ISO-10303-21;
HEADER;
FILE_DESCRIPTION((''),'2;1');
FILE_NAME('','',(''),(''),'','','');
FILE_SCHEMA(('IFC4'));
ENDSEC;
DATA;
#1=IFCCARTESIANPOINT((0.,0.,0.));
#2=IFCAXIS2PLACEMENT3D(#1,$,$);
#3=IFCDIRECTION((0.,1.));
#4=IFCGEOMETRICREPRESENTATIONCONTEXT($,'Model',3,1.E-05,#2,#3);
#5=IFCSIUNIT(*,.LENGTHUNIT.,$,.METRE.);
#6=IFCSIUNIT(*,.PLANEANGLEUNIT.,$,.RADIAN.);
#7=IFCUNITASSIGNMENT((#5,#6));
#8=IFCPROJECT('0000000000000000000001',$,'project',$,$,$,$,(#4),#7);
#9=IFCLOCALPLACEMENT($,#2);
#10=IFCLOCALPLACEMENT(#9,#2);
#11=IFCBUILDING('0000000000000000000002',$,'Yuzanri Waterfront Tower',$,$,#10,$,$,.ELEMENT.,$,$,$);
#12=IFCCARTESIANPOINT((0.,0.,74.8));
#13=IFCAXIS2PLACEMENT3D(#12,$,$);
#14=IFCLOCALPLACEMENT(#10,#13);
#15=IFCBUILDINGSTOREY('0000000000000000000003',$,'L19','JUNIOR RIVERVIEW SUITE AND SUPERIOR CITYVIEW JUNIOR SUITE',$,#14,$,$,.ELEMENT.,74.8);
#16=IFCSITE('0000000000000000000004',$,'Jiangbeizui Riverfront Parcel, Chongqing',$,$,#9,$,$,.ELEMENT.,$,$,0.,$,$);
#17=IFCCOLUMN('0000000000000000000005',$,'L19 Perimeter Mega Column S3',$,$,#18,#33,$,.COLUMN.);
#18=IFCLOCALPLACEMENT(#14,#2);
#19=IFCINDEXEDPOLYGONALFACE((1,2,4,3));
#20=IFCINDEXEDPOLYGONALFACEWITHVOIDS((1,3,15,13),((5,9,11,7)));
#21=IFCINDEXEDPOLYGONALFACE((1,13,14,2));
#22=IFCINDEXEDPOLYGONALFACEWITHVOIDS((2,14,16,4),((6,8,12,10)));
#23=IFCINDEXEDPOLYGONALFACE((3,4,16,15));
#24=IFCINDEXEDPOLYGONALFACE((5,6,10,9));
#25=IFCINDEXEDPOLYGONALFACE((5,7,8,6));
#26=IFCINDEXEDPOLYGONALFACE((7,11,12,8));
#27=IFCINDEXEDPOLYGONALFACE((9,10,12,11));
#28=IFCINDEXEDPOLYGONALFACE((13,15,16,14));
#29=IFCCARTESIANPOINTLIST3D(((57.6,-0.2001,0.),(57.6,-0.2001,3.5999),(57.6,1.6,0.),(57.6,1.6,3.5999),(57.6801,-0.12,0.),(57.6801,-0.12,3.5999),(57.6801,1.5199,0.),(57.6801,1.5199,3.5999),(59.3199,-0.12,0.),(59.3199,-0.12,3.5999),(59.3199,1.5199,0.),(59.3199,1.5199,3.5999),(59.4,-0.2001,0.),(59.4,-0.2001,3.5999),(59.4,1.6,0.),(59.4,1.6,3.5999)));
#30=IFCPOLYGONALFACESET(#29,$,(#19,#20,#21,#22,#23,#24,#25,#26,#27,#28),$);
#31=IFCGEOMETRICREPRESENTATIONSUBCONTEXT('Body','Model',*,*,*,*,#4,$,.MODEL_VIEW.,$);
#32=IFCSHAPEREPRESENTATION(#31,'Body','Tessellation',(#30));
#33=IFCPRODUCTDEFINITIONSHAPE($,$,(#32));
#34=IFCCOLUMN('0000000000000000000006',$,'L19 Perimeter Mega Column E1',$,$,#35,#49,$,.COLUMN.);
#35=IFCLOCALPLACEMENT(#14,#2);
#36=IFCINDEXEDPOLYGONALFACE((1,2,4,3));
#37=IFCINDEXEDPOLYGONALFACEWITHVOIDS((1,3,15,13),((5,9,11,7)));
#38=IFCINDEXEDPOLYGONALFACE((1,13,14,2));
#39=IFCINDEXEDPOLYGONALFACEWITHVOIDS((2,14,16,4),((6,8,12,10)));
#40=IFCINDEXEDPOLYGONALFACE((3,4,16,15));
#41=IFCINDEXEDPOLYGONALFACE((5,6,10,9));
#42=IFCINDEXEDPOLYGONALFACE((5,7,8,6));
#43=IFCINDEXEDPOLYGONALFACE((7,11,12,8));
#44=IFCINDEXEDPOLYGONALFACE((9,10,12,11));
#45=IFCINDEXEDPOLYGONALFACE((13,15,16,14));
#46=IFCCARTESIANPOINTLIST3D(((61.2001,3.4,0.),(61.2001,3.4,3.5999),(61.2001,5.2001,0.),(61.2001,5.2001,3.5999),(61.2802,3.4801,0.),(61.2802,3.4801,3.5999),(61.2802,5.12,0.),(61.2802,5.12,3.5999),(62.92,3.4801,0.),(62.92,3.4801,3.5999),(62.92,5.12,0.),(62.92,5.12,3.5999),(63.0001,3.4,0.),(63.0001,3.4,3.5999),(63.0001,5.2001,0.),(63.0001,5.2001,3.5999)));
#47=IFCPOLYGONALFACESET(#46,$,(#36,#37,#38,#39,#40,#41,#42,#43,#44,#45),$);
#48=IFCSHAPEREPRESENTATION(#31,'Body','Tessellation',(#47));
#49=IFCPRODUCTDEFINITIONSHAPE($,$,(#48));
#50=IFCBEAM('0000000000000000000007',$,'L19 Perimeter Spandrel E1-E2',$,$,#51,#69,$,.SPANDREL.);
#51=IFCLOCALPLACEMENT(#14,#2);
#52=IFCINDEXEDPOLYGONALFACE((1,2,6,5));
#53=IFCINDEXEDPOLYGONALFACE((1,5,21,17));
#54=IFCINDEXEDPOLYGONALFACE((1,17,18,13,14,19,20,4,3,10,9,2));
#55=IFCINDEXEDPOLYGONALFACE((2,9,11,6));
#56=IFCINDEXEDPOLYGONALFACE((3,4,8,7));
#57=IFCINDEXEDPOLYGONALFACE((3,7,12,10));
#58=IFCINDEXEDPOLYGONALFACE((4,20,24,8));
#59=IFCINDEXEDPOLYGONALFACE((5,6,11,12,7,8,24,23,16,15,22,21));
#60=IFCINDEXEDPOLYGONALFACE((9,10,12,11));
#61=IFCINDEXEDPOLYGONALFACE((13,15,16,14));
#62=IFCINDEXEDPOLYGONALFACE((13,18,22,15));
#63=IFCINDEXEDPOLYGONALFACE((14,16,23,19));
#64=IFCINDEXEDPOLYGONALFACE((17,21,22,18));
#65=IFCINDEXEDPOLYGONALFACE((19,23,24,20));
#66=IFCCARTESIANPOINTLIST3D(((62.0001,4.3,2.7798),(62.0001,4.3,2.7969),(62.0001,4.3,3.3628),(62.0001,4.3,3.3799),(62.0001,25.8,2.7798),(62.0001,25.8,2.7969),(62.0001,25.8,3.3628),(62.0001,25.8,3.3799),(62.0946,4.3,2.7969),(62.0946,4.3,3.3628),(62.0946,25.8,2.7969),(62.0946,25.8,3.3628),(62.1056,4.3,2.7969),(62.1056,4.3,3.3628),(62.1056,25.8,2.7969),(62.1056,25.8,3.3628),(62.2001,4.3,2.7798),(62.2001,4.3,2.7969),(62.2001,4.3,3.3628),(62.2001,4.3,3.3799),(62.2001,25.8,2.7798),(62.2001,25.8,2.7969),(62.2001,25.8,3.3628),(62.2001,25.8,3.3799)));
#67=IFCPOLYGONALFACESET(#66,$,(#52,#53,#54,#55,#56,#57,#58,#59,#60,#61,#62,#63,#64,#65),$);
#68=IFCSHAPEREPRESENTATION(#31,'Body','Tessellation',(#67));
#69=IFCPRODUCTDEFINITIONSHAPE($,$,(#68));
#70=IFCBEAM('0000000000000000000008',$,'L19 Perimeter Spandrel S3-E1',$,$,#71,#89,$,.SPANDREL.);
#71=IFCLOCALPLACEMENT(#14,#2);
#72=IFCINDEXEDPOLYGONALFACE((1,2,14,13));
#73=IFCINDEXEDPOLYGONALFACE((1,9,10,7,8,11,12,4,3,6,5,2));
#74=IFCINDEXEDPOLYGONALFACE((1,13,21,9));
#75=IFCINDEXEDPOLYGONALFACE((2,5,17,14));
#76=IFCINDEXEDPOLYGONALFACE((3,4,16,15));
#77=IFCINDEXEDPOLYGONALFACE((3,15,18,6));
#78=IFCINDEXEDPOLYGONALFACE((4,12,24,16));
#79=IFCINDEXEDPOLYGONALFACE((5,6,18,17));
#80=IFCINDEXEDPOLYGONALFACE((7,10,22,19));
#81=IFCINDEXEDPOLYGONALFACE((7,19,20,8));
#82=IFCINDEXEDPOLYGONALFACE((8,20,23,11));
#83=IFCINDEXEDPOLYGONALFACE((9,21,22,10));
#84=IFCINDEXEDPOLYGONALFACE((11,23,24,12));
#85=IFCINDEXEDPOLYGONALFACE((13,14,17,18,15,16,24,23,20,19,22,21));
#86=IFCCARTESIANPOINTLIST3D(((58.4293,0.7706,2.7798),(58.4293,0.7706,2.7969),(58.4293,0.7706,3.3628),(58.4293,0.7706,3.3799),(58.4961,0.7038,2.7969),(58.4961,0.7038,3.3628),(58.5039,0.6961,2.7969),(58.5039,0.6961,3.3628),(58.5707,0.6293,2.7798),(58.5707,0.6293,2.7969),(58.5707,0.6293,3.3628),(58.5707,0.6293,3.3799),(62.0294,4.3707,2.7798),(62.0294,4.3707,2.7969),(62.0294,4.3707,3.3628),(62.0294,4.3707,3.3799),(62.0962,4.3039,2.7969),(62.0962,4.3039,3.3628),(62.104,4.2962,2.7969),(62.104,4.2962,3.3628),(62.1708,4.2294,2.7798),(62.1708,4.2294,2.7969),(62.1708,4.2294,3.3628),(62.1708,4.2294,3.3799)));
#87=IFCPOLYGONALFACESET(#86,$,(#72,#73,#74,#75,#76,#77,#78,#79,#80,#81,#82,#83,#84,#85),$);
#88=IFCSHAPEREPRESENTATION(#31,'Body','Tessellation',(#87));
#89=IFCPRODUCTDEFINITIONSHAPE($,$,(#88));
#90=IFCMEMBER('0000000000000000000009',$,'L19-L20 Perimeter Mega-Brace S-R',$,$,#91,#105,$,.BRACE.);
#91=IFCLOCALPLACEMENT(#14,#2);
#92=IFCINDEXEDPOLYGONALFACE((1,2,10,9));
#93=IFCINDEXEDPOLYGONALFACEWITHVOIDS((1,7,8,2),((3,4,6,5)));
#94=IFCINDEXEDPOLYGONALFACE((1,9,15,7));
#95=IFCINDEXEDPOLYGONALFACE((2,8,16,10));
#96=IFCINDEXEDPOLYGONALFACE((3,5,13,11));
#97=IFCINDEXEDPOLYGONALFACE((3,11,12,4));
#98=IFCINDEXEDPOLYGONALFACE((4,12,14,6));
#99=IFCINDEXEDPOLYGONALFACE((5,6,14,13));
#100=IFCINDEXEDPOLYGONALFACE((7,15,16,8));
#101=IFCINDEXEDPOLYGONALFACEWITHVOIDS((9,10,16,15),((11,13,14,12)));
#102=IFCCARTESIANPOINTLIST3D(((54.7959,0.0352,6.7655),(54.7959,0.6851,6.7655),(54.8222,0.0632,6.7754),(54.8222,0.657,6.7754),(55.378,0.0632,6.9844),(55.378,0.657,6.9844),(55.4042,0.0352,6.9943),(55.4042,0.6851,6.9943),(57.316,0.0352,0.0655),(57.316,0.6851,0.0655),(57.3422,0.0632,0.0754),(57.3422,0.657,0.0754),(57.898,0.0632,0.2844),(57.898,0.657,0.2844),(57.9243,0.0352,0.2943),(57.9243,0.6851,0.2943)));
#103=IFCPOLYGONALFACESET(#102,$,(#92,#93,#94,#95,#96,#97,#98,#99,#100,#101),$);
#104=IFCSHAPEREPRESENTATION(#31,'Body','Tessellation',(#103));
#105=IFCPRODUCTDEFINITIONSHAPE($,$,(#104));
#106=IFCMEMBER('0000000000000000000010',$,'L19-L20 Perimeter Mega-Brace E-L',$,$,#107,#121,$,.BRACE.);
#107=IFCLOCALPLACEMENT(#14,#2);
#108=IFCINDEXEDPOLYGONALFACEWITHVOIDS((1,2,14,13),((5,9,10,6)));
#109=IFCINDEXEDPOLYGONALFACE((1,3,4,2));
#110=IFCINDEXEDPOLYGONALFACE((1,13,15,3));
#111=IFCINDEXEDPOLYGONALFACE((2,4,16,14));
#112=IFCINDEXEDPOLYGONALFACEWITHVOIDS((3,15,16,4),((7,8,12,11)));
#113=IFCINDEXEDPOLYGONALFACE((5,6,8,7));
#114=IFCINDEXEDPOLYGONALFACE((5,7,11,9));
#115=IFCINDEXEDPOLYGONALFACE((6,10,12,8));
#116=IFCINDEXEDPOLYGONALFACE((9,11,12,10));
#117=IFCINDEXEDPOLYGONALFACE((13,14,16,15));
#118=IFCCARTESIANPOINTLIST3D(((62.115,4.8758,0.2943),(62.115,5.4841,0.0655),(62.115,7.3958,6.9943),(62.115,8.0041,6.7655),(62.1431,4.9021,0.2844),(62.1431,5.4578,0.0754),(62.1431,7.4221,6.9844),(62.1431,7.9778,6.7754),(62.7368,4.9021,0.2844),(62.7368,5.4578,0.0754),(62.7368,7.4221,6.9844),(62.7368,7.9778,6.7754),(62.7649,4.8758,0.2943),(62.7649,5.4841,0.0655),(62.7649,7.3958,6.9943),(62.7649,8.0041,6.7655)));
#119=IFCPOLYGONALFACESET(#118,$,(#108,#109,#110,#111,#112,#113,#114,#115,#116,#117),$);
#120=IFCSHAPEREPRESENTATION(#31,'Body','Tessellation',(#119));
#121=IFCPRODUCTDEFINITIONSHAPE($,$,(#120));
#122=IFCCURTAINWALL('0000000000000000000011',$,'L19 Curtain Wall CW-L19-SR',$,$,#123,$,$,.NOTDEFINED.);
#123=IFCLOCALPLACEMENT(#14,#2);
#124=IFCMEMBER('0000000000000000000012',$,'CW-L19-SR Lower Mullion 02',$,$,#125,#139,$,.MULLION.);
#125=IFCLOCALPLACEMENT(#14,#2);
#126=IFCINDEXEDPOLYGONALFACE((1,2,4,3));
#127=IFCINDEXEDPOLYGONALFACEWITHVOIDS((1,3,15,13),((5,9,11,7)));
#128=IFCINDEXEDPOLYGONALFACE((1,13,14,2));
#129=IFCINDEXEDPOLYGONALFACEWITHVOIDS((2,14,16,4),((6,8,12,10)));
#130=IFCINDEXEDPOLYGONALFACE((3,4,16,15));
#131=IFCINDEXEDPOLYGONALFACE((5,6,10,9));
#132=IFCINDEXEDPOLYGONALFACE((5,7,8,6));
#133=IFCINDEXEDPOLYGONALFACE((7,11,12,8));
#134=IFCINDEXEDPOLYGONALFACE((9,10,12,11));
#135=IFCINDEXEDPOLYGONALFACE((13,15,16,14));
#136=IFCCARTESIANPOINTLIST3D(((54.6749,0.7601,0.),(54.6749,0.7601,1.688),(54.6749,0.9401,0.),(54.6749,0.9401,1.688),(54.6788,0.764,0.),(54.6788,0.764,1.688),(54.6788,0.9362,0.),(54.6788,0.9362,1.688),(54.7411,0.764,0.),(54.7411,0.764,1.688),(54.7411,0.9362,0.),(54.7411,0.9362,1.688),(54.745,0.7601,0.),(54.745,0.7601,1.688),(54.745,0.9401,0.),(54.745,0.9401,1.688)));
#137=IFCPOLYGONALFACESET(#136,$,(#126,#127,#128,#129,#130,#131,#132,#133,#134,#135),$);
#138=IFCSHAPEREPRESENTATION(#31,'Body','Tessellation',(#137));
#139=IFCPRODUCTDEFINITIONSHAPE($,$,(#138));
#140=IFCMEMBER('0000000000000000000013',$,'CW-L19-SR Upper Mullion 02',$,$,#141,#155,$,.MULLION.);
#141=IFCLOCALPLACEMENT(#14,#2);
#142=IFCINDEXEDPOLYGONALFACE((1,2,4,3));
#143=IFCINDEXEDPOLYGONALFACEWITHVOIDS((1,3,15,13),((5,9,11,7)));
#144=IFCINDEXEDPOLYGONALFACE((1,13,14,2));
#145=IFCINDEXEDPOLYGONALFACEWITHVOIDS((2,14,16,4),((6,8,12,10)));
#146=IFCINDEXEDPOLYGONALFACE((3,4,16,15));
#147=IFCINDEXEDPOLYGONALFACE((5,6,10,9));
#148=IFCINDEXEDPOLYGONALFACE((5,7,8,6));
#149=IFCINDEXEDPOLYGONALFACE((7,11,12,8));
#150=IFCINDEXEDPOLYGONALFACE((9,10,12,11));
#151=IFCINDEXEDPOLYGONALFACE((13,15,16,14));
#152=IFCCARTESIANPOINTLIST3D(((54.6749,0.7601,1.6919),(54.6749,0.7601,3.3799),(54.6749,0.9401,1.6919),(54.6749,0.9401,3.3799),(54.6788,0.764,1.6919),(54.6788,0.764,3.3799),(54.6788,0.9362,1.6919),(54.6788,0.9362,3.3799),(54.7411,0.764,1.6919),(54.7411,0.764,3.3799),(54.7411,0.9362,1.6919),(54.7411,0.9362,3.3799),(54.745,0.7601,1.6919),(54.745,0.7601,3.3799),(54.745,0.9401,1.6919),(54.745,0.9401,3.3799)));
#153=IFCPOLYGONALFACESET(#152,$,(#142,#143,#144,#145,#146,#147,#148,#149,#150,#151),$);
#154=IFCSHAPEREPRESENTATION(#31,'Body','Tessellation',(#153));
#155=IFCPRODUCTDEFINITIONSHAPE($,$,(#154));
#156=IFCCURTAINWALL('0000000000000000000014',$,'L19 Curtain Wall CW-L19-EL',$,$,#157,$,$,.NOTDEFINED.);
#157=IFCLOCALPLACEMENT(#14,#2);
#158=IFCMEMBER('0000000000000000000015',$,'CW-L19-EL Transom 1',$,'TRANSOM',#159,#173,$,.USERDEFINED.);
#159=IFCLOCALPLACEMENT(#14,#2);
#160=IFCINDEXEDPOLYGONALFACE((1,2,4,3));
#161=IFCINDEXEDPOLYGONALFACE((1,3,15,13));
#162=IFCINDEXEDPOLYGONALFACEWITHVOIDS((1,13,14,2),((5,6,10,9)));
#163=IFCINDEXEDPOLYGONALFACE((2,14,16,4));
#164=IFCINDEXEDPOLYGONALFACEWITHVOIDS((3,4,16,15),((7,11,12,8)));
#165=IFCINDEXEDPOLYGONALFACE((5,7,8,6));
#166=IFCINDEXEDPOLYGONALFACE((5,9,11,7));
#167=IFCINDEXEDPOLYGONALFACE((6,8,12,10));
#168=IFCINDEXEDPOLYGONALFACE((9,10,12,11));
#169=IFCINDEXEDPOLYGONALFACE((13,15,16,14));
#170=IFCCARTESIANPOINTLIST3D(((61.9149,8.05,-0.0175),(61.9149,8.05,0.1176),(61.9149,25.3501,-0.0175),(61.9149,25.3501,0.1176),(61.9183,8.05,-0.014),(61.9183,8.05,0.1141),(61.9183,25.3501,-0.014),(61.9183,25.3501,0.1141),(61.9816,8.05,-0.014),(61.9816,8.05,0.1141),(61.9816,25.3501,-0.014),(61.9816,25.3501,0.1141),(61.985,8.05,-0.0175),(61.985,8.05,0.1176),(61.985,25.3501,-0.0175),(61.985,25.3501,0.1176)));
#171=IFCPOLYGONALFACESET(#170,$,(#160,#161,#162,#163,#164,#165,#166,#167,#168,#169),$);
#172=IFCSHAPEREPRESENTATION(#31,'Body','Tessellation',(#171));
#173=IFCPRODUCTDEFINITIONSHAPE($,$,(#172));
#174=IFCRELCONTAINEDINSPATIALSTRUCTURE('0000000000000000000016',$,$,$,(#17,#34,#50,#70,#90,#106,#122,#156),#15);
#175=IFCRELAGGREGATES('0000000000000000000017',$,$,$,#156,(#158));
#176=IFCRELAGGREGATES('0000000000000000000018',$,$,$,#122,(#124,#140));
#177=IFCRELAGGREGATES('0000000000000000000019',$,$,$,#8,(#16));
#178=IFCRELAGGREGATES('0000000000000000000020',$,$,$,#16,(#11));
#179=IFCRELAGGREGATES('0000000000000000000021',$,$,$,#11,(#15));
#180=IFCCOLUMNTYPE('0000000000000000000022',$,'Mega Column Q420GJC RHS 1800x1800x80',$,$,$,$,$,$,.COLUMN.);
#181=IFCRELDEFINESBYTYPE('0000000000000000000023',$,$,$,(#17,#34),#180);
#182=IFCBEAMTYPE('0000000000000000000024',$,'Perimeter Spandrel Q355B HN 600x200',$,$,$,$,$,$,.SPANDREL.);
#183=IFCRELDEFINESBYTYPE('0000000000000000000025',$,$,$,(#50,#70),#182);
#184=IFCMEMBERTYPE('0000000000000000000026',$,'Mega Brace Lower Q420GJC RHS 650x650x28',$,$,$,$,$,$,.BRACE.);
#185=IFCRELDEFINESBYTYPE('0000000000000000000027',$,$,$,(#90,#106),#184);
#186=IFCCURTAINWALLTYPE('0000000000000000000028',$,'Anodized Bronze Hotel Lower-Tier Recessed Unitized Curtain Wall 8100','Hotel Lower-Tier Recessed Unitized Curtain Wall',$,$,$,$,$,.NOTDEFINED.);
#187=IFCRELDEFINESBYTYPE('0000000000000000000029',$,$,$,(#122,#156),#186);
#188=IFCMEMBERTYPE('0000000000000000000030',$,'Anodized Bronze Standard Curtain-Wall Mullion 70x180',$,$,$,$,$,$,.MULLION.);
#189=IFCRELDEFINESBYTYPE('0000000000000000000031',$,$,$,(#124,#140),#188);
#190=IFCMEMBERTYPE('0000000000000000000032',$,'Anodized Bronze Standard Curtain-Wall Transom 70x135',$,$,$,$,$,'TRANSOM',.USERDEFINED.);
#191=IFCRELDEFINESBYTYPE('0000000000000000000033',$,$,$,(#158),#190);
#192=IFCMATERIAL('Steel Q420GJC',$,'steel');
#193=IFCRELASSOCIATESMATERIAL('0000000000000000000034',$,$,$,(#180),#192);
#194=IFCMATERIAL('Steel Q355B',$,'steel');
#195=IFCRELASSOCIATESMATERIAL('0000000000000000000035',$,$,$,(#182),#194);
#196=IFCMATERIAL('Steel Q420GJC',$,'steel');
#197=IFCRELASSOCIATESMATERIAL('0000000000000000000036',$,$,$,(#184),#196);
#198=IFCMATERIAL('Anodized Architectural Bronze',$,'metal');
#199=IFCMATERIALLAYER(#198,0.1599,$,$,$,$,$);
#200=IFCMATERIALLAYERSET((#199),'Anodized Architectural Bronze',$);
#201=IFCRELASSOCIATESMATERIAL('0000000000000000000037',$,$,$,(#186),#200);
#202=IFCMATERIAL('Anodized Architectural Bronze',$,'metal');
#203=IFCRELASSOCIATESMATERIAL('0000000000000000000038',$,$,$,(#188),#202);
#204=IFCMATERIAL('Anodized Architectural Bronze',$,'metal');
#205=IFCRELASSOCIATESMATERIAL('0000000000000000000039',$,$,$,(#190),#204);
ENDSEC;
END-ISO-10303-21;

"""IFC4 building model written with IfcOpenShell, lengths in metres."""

from ifc_helpers import new_model, si_unit, direction, frame, origin, origin_2d, place, context, subcontext, project, spatial, hollow_rectangle, i_section, extrude, source, transform, mapped, material, layer, layer_set, material_profile, profile_set, type_object, element, aggregate, save


model = new_model("IFC4")

# Units and contexts
model_context = context("Model", 3, precision=1e-05, world=origin(), true_north=direction((0.0, 1.0)))
body_context = subcontext(model_context, "Body", "Model", "MODEL_VIEW")
ifc_project = project(units=[si_unit("LENGTHUNIT", "METRE"), si_unit("PLANEANGLEUNIT", "RADIAN")], contexts=[model_context])

# Site, building, storey
site_placement = place(None, origin())
site = spatial("IfcSite", under=ifc_project, at=site_placement, Name="Jiangbeizui Riverfront Parcel, Chongqing", CompositionType="ELEMENT", RefElevation=0.0)
building_placement = place(site_placement, origin())
building = spatial("IfcBuilding", under=site, at=building_placement, Name="Yuzanri Waterfront Tower", CompositionType="ELEMENT")
storey_placement = place(building_placement, frame((0.0, 0.0, 74.8)))
storey = spatial("IfcBuildingStorey", under=building, at=storey_placement, Name="L19", Description="JUNIOR RIVERVIEW SUITE AND SUPERIOR CITYVIEW JUNIOR SUITE", CompositionType="ELEMENT", Elevation=74.8)

# Columns
ifc_material_1 = material(Name="Steel Q420GJC", Category="steel")
ifc_material_profile_1 = material_profile(ifc_material_1, hollow_rectangle(XDim=1.8, YDim=1.8, WallThickness=0.0801, at=origin_2d()), Name="RHS 1800x1800x80")
ifc_profile_set_1 = profile_set([ifc_material_profile_1], Name="Steel Q420GJC")
column_type = type_object("IfcColumnType", Name="Mega Column Q420GJC RHS 1800x1800x80", PredefinedType="COLUMN", material=ifc_profile_set_1)
shared_shape_1 = source(origin(), body_context, "Body", "SweptSolid", [
    extrude(hollow_rectangle(XDim=1.8, YDim=1.8, WallThickness=0.0801, at=origin_2d()), origin(), (0.0, 0.0, 1.0), 3.5999),
])
for number, where, z_axis, x_axis, name in (
    (1, (58.5, 0.7, 0.0), (0.0, 0.0, 1.0), (1.0, 0.0, 0.0), "L19 Perimeter Mega Column S3"),
    (2, (62.1001, 4.3, 0.0), (0.0, 0.0, 1.0), (1.0, 0.0, 0.0), "L19 Perimeter Mega Column E1"),
):
    element("IfcColumn", number, at=place(storey_placement, frame(where, z_axis=z_axis, x_axis=x_axis)), inside=storey, type_object=column_type, Name=name, PredefinedType="COLUMN", context=body_context, shape_type="MappedRepresentation", body=[
        mapped(shared_shape_1, transform((0.0, 0.0, 0.0), scale=1.0)),
    ])

# Beams
ifc_material_2 = material(Name="Steel Q355B", Category="steel")
ifc_material_profile_2 = material_profile(ifc_material_2, i_section(OverallWidth=0.2, OverallDepth=0.6001, WebThickness=0.011, FlangeThickness=0.0171, at=origin_2d()), Name="HN 600x200x11x17")
ifc_profile_set_2 = profile_set([ifc_material_profile_2], Name="Steel Q355B")
beam_type = type_object("IfcBeamType", Name="Perimeter Spandrel Q355B HN 600x200", PredefinedType="SPANDREL", material=ifc_profile_set_2)
shared_shape_2 = source(origin(), body_context, "Body", "SweptSolid", [
    extrude(i_section(OverallWidth=0.2, OverallDepth=0.6001, WebThickness=0.011, FlangeThickness=0.0171, at=origin_2d()), origin(), (0.0, 0.0, 1.0), 21.5),
])
beam_1_placement = place(storey_placement, frame((62.1001, 4.3, 3.0798), z_axis=(0.0, 1.0, 0.0), x_axis=(-1.0, 0.0, 0.0)))
element("IfcBeam", 3, at=beam_1_placement, inside=storey, type_object=beam_type, Name="L19 Perimeter Spandrel E1-E2", PredefinedType="SPANDREL", context=body_context, shape_type="MappedRepresentation", body=[
    mapped(shared_shape_2, transform((0.0, 0.0, 0.0), scale=1.0)),
])
shared_shape_3 = source(origin(), body_context, "Body", "SweptSolid", [
    extrude(i_section(OverallWidth=0.2, OverallDepth=0.6001, WebThickness=0.011, FlangeThickness=0.0171, at=origin_2d()), origin(), (0.0, 0.0, 1.0), 5.0913),
])
beam_2_placement = place(storey_placement, frame((58.5, 0.7, 3.0798), z_axis=(0.707107, 0.707107, 0.0), x_axis=(-0.707107, 0.707107, 0.0)))
element("IfcBeam", 4, at=beam_2_placement, inside=storey, type_object=beam_type, Name="L19 Perimeter Spandrel S3-E1", PredefinedType="SPANDREL", context=body_context, shape_type="MappedRepresentation", body=[
    mapped(shared_shape_3, transform((0.0, 0.0, 0.0), scale=1.0)),
])

# Members
ifc_material_3 = material(Name="Steel Q420GJC", Category="steel")
ifc_material_profile_3 = material_profile(ifc_material_3, hollow_rectangle(XDim=0.6499, YDim=0.6499, WallThickness=0.0281, at=origin_2d()), Name="RHS 650x650x28")
ifc_profile_set_3 = profile_set([ifc_material_profile_3], Name="Steel Q420GJC")
member_type_1 = type_object("IfcMemberType", Name="Mega Brace Lower Q420GJC RHS 650x650x28", PredefinedType="BRACE", material=ifc_profile_set_3)
shared_shape_4 = source(origin(), body_context, "Body", "SweptSolid", [
    extrude(hollow_rectangle(XDim=0.6499, YDim=0.6499, WallThickness=0.0281, at=origin_2d()), origin(), (0.0, 0.0, 1.0), 7.1582),
])
for number, where, z_axis, x_axis, name in (
    (5, (57.6201, 0.3601, 0.1799), (-0.352046, 0.0, 0.935983), (0.0, -1.0, 0.0), "L19-L20 Perimeter Mega-Brace S-R"),
    (6, (62.4399, 5.1799, 0.1799), (0.0, 0.352046, 0.935983), (-1.0, 0.0, 0.0), "L19-L20 Perimeter Mega-Brace E-L"),
):
    element("IfcMember", number, at=place(storey_placement, frame(where, z_axis=z_axis, x_axis=x_axis)), inside=storey, type_object=member_type_1, Name=name, PredefinedType="BRACE", context=body_context, shape_type="MappedRepresentation", body=[
        mapped(shared_shape_4, transform((0.0, 0.0, 0.0), scale=1.0)),
    ])

# Curtain walls, members
ifc_material_4 = material(Name="Anodized Architectural Bronze", Category="metal")
ifc_layer_1 = layer(ifc_material_4, 0.1599)
ifc_layer_set_1 = layer_set([ifc_layer_1], Name="Anodized Architectural Bronze")
curtain_wall_type = type_object("IfcCurtainWallType", Name="Anodized Bronze Hotel Lower-Tier Recessed Unitized Curtain Wall 8100", Description="Hotel Lower-Tier Recessed Unitized Curtain Wall", PredefinedType="NOTDEFINED", material=ifc_layer_set_1)
curtain_wall_1_placement = place(storey_placement, origin())
curtain_wall_1 = element("IfcCurtainWall", 7, at=curtain_wall_1_placement, inside=storey, type_object=curtain_wall_type, Name="L19 Curtain Wall CW-L19-SR", PredefinedType="NOTDEFINED")
ifc_material_5 = material(Name="Anodized Architectural Bronze", Category="metal")
ifc_material_profile_4 = material_profile(ifc_material_5, hollow_rectangle(XDim=0.0701, YDim=0.1799, WallThickness=0.0039, at=origin_2d()), Name="CWM 70x180")
ifc_profile_set_4 = profile_set([ifc_material_profile_4], Name="Anodized Architectural Bronze")
member_type_2 = type_object("IfcMemberType", Name="Anodized Bronze Standard Curtain-Wall Mullion 70x180", PredefinedType="MULLION", material=ifc_profile_set_4)
shared_shape_5 = source(origin(), body_context, "Body", "SweptSolid", [
    extrude(hollow_rectangle(XDim=0.0701, YDim=0.1799, WallThickness=0.0039, at=origin_2d()), origin(), (0.0, 0.0, 1.0), 1.688),
])
member_1_placement = place(storey_placement, frame((54.71, 0.8501, 0.0), z_axis=(0.0, 0.0, 1.0), x_axis=(1.0, 0.0, 0.0)))
member_1 = element("IfcMember", 8, at=member_1_placement, type_object=member_type_2, Name="CW-L19-SR Lower Mullion 02", PredefinedType="MULLION", context=body_context, shape_type="MappedRepresentation", body=[
    mapped(shared_shape_5, transform((0.0, 0.0, 0.0), scale=1.0)),
])
member_2_placement = place(storey_placement, frame((54.71, 0.8501, 1.6919), z_axis=(0.0, 0.0, 1.0), x_axis=(1.0, 0.0, 0.0)))
member_2 = element("IfcMember", 9, at=member_2_placement, type_object=member_type_2, Name="CW-L19-SR Upper Mullion 02", PredefinedType="MULLION", context=body_context, shape_type="MappedRepresentation", body=[
    mapped(shared_shape_5, transform((0.0, 0.0, 0.0), scale=1.0)),
])
curtain_wall_2_placement = place(storey_placement, origin())
curtain_wall_2 = element("IfcCurtainWall", 10, at=curtain_wall_2_placement, inside=storey, type_object=curtain_wall_type, Name="L19 Curtain Wall CW-L19-EL", PredefinedType="NOTDEFINED")
ifc_material_6 = material(Name="Anodized Architectural Bronze", Category="metal")
ifc_material_profile_5 = material_profile(ifc_material_6, hollow_rectangle(XDim=0.0701, YDim=0.135, WallThickness=0.0034, at=origin_2d()), Name="CWT 70x135")
ifc_profile_set_5 = profile_set([ifc_material_profile_5], Name="Anodized Architectural Bronze")
member_type_3 = type_object("IfcMemberType", Name="Anodized Bronze Standard Curtain-Wall Transom 70x135", ElementType="TRANSOM", PredefinedType="USERDEFINED", material=ifc_profile_set_5)
shared_shape_6 = source(origin(), body_context, "Body", "SweptSolid", [
    extrude(hollow_rectangle(XDim=0.0701, YDim=0.135, WallThickness=0.0034, at=origin_2d()), origin(), (0.0, 0.0, 1.0), 17.3),
])
member_3_placement = place(storey_placement, frame((61.95, 8.05, 0.05), z_axis=(0.0, 1.0, 0.0), x_axis=(-1.0, 0.0, 0.0)))
member_3 = element("IfcMember", 11, at=member_3_placement, type_object=member_type_3, Name="CW-L19-EL Transom 1", ObjectType="TRANSOM", PredefinedType="USERDEFINED", context=body_context, shape_type="MappedRepresentation", body=[
    mapped(shared_shape_6, transform((0.0, 0.0, 0.0), scale=1.0)),
])
aggregate(curtain_wall_2, [member_3])

aggregate(curtain_wall_1, [member_1, member_2])

save(model, "model.ifc")
